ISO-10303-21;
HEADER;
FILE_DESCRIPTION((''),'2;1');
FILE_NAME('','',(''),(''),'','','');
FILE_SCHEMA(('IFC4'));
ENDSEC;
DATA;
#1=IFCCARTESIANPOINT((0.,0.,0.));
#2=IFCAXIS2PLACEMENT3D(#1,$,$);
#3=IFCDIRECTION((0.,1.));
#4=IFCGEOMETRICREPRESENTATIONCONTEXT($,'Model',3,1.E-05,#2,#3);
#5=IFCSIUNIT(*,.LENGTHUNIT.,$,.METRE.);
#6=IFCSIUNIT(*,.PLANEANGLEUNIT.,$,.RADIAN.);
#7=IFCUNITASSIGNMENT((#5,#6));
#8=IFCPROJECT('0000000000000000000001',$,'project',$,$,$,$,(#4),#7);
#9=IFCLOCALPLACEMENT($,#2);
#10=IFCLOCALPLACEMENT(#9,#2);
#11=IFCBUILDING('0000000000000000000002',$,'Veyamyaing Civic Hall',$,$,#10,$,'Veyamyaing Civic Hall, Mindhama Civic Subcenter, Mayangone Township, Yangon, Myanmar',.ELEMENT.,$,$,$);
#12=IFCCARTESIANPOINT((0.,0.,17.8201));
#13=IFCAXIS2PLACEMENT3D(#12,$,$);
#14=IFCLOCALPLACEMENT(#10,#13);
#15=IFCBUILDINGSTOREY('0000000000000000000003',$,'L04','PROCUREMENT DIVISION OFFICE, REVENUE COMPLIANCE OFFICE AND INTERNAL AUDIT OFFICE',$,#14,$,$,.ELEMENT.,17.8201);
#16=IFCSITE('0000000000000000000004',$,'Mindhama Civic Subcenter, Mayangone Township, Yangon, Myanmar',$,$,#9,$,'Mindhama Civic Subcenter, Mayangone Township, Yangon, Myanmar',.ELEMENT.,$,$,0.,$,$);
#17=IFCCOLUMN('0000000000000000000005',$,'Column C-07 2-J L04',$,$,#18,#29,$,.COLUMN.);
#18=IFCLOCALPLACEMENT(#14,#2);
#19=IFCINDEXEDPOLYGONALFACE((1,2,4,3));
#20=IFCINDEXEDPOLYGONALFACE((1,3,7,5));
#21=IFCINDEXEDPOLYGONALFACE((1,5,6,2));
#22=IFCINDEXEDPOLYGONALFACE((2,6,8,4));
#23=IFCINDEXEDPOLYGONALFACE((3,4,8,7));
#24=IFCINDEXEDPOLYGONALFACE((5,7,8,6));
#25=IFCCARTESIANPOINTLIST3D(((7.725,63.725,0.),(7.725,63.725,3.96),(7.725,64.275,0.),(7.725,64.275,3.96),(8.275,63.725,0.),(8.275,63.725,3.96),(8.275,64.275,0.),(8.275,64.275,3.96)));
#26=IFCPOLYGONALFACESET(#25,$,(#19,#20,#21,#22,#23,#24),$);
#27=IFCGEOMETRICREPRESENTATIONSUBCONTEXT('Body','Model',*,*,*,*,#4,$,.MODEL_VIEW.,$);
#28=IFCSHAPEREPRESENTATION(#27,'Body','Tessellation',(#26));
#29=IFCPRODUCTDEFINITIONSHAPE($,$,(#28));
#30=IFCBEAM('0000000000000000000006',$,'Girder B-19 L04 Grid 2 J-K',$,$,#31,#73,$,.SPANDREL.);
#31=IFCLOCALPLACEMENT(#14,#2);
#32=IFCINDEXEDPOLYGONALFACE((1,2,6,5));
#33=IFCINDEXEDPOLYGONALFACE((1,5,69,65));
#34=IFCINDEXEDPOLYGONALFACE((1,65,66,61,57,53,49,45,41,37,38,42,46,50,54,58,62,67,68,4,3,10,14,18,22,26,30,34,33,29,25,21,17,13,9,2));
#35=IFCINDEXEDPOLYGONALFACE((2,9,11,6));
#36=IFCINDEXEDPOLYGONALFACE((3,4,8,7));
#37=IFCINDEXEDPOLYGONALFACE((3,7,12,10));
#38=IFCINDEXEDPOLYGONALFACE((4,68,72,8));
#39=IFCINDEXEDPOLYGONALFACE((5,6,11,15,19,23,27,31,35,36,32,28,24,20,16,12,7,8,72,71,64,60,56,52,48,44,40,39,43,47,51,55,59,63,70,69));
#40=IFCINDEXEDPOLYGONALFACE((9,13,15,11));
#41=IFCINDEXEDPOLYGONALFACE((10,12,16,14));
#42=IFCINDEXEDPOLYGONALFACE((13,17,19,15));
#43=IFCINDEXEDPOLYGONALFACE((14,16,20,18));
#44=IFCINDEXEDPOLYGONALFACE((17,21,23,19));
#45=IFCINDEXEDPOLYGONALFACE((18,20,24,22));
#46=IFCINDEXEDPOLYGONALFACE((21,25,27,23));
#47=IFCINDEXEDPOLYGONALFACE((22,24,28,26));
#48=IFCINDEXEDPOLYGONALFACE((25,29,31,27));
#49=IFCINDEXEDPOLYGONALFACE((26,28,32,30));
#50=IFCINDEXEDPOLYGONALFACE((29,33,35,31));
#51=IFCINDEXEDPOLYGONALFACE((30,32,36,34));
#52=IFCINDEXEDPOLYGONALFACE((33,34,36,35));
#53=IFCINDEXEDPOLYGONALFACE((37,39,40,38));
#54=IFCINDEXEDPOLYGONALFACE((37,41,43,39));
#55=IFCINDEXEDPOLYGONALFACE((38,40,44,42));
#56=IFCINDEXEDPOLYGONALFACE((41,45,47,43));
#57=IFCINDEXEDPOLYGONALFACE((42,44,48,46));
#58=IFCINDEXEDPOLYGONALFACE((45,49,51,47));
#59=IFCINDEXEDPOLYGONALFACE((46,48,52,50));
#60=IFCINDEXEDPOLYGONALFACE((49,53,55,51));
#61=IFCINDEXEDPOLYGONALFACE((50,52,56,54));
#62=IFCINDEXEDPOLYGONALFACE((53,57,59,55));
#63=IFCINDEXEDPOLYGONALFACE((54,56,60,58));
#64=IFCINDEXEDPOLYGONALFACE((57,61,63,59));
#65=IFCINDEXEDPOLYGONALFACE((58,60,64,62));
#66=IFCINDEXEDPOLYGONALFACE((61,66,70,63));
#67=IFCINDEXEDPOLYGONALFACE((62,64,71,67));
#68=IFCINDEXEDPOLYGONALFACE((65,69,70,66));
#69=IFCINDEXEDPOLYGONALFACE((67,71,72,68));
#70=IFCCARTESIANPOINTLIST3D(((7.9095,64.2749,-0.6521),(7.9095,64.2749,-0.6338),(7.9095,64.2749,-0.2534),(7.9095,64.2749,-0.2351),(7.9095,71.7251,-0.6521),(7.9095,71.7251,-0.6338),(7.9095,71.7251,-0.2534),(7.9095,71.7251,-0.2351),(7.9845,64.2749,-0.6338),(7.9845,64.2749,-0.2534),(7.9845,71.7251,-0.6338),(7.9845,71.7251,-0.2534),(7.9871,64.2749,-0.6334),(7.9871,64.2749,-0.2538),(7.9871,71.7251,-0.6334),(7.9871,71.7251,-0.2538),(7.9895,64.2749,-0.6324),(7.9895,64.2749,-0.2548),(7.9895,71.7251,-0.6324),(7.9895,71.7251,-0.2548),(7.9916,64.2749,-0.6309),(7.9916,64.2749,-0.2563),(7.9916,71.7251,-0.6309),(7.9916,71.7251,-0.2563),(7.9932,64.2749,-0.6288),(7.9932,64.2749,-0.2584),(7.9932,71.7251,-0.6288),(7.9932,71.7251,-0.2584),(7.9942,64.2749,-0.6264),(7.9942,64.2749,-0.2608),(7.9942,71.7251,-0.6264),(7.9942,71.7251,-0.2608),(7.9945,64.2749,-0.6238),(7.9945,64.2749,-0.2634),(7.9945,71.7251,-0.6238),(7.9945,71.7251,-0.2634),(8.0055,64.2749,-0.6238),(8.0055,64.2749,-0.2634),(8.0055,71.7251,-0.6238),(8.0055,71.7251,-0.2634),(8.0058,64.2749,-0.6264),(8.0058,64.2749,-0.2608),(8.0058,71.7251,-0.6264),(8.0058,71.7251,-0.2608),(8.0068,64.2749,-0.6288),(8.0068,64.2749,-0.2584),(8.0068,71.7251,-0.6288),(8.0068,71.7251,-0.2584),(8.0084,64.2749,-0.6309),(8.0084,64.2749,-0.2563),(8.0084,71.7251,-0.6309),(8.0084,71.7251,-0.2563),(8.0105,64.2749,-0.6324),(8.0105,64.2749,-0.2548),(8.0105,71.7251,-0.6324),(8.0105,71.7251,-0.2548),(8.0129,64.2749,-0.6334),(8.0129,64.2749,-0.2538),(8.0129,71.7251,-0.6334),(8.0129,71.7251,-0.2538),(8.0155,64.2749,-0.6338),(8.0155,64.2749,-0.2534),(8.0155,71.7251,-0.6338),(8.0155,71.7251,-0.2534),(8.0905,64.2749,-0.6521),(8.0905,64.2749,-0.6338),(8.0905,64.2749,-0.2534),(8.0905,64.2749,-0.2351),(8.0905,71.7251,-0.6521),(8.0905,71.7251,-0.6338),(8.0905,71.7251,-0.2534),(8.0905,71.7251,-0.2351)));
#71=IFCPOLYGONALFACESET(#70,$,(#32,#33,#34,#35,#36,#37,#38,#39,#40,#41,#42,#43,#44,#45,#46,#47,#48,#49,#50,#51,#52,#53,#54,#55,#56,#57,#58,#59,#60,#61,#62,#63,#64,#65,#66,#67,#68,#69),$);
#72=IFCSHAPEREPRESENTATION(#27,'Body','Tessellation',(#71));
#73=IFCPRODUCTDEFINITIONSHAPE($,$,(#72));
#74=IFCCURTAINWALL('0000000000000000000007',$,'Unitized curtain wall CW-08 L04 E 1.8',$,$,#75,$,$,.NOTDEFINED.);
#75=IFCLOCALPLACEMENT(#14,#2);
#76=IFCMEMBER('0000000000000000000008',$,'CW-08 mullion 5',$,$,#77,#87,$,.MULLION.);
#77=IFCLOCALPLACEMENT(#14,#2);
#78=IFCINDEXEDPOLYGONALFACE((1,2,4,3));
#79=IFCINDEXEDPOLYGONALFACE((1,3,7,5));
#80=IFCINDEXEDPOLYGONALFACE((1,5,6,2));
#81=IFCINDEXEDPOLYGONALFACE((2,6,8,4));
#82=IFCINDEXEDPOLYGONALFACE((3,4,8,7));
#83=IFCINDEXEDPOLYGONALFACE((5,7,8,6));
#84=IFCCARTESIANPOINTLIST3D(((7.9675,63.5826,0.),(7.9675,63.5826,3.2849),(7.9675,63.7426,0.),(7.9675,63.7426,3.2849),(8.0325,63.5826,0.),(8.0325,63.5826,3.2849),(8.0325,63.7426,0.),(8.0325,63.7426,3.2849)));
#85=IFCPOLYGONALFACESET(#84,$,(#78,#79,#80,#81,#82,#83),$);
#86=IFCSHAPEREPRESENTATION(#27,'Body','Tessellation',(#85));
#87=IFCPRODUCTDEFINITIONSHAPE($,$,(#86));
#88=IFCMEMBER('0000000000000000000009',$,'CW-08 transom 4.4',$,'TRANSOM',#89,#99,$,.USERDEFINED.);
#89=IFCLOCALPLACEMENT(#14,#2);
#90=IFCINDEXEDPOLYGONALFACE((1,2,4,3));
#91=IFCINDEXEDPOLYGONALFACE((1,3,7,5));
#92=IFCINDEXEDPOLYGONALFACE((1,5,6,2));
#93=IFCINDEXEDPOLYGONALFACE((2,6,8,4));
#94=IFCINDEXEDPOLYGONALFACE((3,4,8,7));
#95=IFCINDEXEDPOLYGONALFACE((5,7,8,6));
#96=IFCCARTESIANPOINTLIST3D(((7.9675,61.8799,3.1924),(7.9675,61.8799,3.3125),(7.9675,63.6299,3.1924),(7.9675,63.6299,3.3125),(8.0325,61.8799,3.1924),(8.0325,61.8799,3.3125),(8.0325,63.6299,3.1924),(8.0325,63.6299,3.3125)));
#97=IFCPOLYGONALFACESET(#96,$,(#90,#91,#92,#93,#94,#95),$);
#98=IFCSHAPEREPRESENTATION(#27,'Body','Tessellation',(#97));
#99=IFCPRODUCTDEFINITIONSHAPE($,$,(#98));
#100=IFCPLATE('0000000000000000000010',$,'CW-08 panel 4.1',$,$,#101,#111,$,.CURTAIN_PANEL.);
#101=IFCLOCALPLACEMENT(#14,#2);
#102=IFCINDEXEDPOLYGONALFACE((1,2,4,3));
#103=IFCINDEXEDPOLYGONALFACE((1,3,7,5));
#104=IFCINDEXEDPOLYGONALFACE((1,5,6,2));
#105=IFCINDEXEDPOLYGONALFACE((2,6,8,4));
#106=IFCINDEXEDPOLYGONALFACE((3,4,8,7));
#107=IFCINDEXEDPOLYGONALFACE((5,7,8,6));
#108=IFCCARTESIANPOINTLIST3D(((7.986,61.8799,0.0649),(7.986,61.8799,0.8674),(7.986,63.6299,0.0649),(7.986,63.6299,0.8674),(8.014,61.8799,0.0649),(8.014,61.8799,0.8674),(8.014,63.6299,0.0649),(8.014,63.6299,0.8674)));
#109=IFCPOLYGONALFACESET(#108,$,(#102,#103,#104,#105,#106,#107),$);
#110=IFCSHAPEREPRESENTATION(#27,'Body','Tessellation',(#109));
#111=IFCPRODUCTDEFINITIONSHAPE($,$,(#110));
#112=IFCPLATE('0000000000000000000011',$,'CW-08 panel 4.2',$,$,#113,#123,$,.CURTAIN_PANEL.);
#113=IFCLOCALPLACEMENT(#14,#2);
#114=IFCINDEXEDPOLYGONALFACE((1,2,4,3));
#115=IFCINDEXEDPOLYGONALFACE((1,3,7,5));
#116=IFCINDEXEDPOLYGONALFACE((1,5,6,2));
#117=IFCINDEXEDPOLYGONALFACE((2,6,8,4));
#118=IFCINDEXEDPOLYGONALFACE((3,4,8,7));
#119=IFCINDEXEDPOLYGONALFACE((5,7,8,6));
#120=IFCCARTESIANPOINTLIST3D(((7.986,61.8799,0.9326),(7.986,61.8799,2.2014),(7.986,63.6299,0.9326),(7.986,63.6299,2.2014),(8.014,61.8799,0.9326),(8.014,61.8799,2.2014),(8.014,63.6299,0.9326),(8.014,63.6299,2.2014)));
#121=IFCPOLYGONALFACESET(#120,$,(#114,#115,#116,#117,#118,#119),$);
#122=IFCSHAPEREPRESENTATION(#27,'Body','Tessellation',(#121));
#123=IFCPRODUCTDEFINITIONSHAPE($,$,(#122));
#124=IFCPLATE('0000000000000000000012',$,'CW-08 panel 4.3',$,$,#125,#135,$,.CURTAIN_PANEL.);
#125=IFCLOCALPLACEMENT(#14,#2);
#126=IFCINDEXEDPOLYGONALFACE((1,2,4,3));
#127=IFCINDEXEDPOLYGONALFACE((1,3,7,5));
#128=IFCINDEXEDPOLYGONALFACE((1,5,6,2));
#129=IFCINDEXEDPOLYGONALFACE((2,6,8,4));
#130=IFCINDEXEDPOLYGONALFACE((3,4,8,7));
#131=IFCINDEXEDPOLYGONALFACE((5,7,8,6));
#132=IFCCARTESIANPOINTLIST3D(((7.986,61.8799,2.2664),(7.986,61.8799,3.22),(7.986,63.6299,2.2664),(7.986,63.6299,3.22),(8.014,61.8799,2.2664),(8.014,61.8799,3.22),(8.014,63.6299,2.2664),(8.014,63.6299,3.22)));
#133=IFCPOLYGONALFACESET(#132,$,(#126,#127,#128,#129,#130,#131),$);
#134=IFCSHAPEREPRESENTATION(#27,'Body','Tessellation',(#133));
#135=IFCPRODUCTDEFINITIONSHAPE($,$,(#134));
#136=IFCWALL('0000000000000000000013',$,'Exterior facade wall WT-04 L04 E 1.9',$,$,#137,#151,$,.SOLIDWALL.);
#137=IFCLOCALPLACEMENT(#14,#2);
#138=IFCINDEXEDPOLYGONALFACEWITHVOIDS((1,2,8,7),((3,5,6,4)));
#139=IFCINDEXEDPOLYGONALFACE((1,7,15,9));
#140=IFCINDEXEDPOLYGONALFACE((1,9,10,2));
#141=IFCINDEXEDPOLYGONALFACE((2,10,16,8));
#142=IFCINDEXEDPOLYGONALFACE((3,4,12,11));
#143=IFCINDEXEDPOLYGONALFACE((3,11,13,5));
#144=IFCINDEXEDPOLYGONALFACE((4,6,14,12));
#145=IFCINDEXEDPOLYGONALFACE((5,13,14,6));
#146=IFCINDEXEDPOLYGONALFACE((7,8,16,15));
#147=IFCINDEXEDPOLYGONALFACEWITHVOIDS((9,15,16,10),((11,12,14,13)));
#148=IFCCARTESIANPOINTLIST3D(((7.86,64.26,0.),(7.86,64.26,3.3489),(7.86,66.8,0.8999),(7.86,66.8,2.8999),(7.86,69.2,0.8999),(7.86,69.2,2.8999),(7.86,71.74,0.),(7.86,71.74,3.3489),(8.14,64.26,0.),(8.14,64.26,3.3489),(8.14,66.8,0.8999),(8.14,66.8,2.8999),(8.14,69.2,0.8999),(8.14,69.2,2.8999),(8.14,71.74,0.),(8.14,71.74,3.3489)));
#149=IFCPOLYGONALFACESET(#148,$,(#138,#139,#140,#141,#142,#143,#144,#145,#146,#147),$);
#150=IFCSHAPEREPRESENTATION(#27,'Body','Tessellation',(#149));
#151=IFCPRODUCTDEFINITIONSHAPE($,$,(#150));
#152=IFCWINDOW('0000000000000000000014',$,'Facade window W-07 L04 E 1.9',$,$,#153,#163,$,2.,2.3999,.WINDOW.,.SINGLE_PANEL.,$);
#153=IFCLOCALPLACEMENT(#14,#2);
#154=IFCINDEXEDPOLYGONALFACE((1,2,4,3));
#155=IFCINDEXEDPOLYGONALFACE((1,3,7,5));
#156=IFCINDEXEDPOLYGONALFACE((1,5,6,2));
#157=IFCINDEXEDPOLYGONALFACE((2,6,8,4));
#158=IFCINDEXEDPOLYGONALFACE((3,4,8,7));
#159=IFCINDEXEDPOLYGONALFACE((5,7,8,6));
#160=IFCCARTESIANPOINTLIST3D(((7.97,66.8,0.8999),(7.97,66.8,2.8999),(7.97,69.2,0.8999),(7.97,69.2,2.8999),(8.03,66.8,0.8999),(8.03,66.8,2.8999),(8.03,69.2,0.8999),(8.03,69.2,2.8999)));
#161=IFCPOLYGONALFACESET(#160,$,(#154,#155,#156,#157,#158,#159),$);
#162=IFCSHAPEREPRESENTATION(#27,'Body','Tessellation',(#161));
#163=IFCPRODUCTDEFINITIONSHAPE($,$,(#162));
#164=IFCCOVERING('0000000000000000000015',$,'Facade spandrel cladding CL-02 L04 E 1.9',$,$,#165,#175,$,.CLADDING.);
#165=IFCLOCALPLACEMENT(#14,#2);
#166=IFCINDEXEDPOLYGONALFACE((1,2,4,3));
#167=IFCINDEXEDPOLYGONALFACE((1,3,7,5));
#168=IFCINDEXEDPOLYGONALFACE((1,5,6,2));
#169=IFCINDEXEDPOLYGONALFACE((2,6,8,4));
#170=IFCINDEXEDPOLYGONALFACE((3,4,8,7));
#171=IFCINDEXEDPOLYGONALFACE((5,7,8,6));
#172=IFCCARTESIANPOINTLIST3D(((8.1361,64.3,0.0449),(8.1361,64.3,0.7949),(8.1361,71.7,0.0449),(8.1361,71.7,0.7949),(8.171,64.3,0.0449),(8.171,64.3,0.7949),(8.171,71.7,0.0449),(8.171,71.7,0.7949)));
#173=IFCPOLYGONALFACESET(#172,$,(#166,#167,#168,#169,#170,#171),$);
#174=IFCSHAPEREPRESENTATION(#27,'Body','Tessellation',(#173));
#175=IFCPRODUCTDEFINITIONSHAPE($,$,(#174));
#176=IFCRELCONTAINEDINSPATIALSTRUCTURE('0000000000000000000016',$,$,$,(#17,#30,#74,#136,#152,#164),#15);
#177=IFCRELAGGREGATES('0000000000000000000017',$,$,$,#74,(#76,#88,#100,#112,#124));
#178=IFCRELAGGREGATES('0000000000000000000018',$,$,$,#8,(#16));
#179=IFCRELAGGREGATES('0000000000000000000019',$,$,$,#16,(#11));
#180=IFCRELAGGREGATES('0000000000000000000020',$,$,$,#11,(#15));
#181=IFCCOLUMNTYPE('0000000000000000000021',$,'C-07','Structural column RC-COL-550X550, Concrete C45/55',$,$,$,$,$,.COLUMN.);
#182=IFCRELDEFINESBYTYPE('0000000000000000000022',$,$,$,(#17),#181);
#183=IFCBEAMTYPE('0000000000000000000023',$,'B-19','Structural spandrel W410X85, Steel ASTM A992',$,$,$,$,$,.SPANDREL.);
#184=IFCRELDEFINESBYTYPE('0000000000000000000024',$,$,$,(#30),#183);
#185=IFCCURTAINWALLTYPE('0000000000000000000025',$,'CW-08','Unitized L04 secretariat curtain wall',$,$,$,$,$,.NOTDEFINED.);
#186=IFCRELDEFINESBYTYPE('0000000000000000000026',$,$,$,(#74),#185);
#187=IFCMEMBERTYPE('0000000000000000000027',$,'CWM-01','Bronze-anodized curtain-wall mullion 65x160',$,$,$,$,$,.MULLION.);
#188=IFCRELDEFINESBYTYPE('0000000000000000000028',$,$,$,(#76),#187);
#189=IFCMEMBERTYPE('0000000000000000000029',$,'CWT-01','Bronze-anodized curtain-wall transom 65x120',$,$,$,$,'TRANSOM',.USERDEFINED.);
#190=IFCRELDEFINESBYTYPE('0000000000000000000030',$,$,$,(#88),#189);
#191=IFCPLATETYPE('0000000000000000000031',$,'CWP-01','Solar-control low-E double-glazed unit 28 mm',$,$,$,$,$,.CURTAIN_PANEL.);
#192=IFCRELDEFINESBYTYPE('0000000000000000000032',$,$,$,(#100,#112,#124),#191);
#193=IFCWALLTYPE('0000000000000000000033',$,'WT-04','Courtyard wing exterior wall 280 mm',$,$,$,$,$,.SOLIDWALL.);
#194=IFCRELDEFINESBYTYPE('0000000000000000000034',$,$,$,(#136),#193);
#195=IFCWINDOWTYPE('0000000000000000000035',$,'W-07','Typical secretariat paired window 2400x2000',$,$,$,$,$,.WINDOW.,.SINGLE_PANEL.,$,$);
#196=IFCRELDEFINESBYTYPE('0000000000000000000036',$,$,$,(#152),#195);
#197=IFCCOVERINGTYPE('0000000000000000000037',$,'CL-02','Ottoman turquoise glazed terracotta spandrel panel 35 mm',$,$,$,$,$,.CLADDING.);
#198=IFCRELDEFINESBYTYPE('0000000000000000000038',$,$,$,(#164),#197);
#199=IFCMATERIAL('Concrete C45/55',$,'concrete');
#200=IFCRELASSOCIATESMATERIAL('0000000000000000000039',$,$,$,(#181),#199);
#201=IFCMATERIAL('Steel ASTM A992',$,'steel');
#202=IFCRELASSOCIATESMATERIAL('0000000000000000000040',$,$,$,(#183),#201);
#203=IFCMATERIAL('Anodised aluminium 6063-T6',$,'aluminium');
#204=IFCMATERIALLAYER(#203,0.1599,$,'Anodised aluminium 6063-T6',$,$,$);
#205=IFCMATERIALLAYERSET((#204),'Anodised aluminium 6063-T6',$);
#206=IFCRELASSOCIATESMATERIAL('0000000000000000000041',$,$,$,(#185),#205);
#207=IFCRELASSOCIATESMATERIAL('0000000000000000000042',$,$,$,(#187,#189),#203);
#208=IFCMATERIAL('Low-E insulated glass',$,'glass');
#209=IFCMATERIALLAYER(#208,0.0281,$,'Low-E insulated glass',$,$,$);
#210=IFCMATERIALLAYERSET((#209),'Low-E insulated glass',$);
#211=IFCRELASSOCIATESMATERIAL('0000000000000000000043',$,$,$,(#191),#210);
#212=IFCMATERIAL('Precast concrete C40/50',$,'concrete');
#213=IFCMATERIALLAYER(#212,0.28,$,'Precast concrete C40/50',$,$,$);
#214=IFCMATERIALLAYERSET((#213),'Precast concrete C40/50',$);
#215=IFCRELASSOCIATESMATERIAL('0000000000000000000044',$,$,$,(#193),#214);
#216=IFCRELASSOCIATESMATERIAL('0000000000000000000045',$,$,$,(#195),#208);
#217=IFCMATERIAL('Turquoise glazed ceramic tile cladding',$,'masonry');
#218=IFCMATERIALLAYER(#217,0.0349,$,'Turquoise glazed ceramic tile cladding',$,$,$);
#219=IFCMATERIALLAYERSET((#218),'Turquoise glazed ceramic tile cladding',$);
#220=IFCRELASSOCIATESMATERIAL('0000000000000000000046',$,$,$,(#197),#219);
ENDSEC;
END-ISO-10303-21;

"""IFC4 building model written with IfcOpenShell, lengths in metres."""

from ifc_helpers import new_model, si_unit, direction, frame, frame_2d, origin, origin_2d, place, context, subcontext, project, spatial, rectangle, i_section, extrude, material, layer, layer_set, material_profile, profile_set, type_object, element, fill, aggregate, save


model = new_model("IFC4")

# Units and contexts
model_context = context("Model", 3, precision=1e-05, world=origin(), true_north=direction((0.0, 1.0)))
body_context = subcontext(model_context, "Body", "Model", "MODEL_VIEW")
ifc_project = project(units=[si_unit("LENGTHUNIT", "METRE"), si_unit("PLANEANGLEUNIT", "RADIAN")], contexts=[model_context])

# Site, building, storey
site_placement = place(None, origin())
site = spatial("IfcSite", under=ifc_project, at=site_placement, Name="Mindhama Civic Subcenter, Mayangone Township, Yangon, Myanmar", LongName="Mindhama Civic Subcenter, Mayangone Township, Yangon, Myanmar", CompositionType="ELEMENT", RefElevation=0.0)
building_placement = place(site_placement, origin())
building = spatial("IfcBuilding", under=site, at=building_placement, Name="Veyamyaing Civic Hall", LongName="Veyamyaing Civic Hall, Mindhama Civic Subcenter, Mayangone Township, Yangon, Myanmar", CompositionType="ELEMENT")
storey_placement = place(building_placement, frame((0.0, 0.0, 17.8201)))
storey = spatial("IfcBuildingStorey", under=building, at=storey_placement, Name="L04", Description="PROCUREMENT DIVISION OFFICE, REVENUE COMPLIANCE OFFICE AND INTERNAL AUDIT OFFICE", CompositionType="ELEMENT", Elevation=17.8201)

# Column
ifc_material_1 = material(Name="Concrete C45/55", Category="concrete")
ifc_material_profile_1 = material_profile(ifc_material_1, rectangle(XDim=0.55, YDim=0.55, at=origin_2d()), Name="RC-COL-550X550")
ifc_profile_set_1 = profile_set([ifc_material_profile_1], Name="Concrete C45/55")
column_type = type_object("IfcColumnType", Name="C-07", Description="Structural column RC-COL-550X550, Concrete C45/55", PredefinedType="COLUMN", material=ifc_profile_set_1)
column_placement = place(storey_placement, frame((8.0, 64.0, 0.0), z_axis=(0.0, 0.0, 1.0), x_axis=(1.0, 0.0, 0.0)))
element("IfcColumn", 1, at=column_placement, inside=storey, type_object=column_type, Name="Column C-07 2-J L04", PredefinedType="COLUMN", context=body_context, shape_type="SweptSolid", body=[
    extrude(rectangle(XDim=0.55, YDim=0.55, at=origin_2d()), origin(), (0.0, 0.0, 1.0), 3.96),
])

# Beam
ifc_material_2 = material(Name="Steel ASTM A992", Category="steel")
ifc_material_profile_2 = material_profile(ifc_material_2, i_section(OverallWidth=0.1809, OverallDepth=0.417, WebThickness=0.011, FlangeThickness=0.0183, FilletRadius=0.01, at=origin_2d()), Name="W410X85")
ifc_profile_set_2 = profile_set([ifc_material_profile_2], Name="Steel ASTM A992")
beam_type = type_object("IfcBeamType", Name="B-19", Description="Structural spandrel W410X85, Steel ASTM A992", PredefinedType="SPANDREL", material=ifc_profile_set_2)
beam_placement = place(storey_placement, frame((8.0, 64.2749, -0.4436), z_axis=(0.0, 1.0, 0.0), x_axis=(-1.0, 0.0, 0.0)))
element("IfcBeam", 2, at=beam_placement, inside=storey, type_object=beam_type, Name="Girder B-19 L04 Grid 2 J-K", PredefinedType="SPANDREL", context=body_context, shape_type="SweptSolid", body=[
    extrude(i_section(OverallWidth=0.1809, OverallDepth=0.417, WebThickness=0.011, FlangeThickness=0.0183, FilletRadius=0.01, at=origin_2d()), origin(), (0.0, 0.0, 1.0), 7.4502),
])

# Curtain wall, members, plates
ifc_material_3 = material(Name="Anodised aluminium 6063-T6", Category="aluminium")
ifc_layer_1 = layer(ifc_material_3, 0.1599, Name="Anodised aluminium 6063-T6")
ifc_layer_set_1 = layer_set([ifc_layer_1], Name="Anodised aluminium 6063-T6")
curtain_wall_type = type_object("IfcCurtainWallType", Name="CW-08", Description="Unitized L04 secretariat curtain wall", PredefinedType="NOTDEFINED", material=ifc_layer_set_1)
curtain_wall_placement = place(storey_placement, origin())
curtain_wall = element("IfcCurtainWall", 3, at=curtain_wall_placement, inside=storey, type_object=curtain_wall_type, Name="Unitized curtain wall CW-08 L04 E 1.8", PredefinedType="NOTDEFINED")
ifc_material_profile_3 = material_profile(ifc_material_3, rectangle(XDim=0.0649, YDim=0.1599, at=origin_2d()), Name="ALU-MUL-65X160")
ifc_profile_set_3 = profile_set([ifc_material_profile_3], Name="Anodised aluminium 6063-T6")
member_type_1 = type_object("IfcMemberType", Name="CWM-01", Description="Bronze-anodized curtain-wall mullion 65x160", PredefinedType="MULLION", material=ifc_profile_set_3)
member_1_placement = place(storey_placement, frame((8.0, 63.6626, 0.0), z_axis=(0.0, 0.0, 1.0), x_axis=(-1.0, 0.0, 0.0)))
member_1 = element("IfcMember", 4, at=member_1_placement, type_object=member_type_1, Name="CW-08 mullion 5", PredefinedType="MULLION", context=body_context, shape_type="SweptSolid", body=[
    extrude(rectangle(XDim=0.0649, YDim=0.1599, at=origin_2d()), origin(), (0.0, 0.0, 1.0), 3.2849),
])
ifc_material_profile_4 = material_profile(ifc_material_3, rectangle(XDim=0.0649, YDim=0.1201, at=origin_2d()), Name="ALU-TRN-65X120")
ifc_profile_set_4 = profile_set([ifc_material_profile_4], Name="Anodised aluminium 6063-T6")
member_type_2 = type_object("IfcMemberType", Name="CWT-01", Description="Bronze-anodized curtain-wall transom 65x120", ElementType="TRANSOM", PredefinedType="USERDEFINED", material=ifc_profile_set_4)
member_2_placement = place(storey_placement, frame((8.0, 61.8799, 3.2524), z_axis=(0.0, 1.0, 0.0), x_axis=(-1.0, 0.0, 0.0)))
member_2 = element("IfcMember", 5, at=member_2_placement, type_object=member_type_2, Name="CW-08 transom 4.4", ObjectType="TRANSOM", PredefinedType="USERDEFINED", context=body_context, shape_type="SweptSolid", body=[
    extrude(rectangle(XDim=0.0649, YDim=0.1201, at=origin_2d()), origin(), (0.0, 0.0, 1.0), 1.75),
])
ifc_material_4 = material(Name="Low-E insulated glass", Category="glass")
ifc_layer_2 = layer(ifc_material_4, 0.0281, Name="Low-E insulated glass")
ifc_layer_set_2 = layer_set([ifc_layer_2], Name="Low-E insulated glass")
plate_type = type_object("IfcPlateType", Name="CWP-01", Description="Solar-control low-E double-glazed unit 28 mm", PredefinedType="CURTAIN_PANEL", material=ifc_layer_set_2)
plate_1_placement = place(storey_placement, frame((8.0, 62.7549, 0.0649), z_axis=(0.0, 0.0, 1.0), x_axis=(0.0, 1.0, 0.0)))
plate_1 = element("IfcPlate", 6, at=plate_1_placement, type_object=plate_type, Name="CW-08 panel 4.1", PredefinedType="CURTAIN_PANEL", context=body_context, shape_type="SweptSolid", body=[
    extrude(rectangle(XDim=1.75, YDim=0.0281, at=origin_2d()), origin(), (0.0, 0.0, 1.0), 0.8025),
])
plate_2_placement = place(storey_placement, frame((8.0, 62.7549, 0.9326), z_axis=(0.0, 0.0, 1.0), x_axis=(0.0, 1.0, 0.0)))
plate_2 = element("IfcPlate", 7, at=plate_2_placement, type_object=plate_type, Name="CW-08 panel 4.2", PredefinedType="CURTAIN_PANEL", context=body_context, shape_type="SweptSolid", body=[
    extrude(rectangle(XDim=1.75, YDim=0.0281, at=origin_2d()), origin(), (0.0, 0.0, 1.0), 1.2688),
])
plate_3_placement = place(storey_placement, frame((8.0, 62.7549, 2.2664), z_axis=(0.0, 0.0, 1.0), x_axis=(0.0, 1.0, 0.0)))
plate_3 = element("IfcPlate", 8, at=plate_3_placement, type_object=plate_type, Name="CW-08 panel 4.3", PredefinedType="CURTAIN_PANEL", context=body_context, shape_type="SweptSolid", body=[
    extrude(rectangle(XDim=1.75, YDim=0.0281, at=origin_2d()), origin(), (0.0, 0.0, 1.0), 0.9536),
])
aggregate(curtain_wall, [member_1, member_2, plate_1, plate_2, plate_3])

# Wall, opening, window
ifc_material_5 = material(Name="Precast concrete C40/50", Category="concrete")
ifc_layer_3 = layer(ifc_material_5, 0.28, Name="Precast concrete C40/50")
ifc_layer_set_3 = layer_set([ifc_layer_3], Name="Precast concrete C40/50")
wall_type = type_object("IfcWallType", Name="WT-04", Description="Courtyard wing exterior wall 280 mm", PredefinedType="SOLIDWALL", material=ifc_layer_set_3)
wall_placement = place(storey_placement, frame((8.0, 64.26, 0.0), z_axis=(0.0, 0.0, 1.0), x_axis=(0.0, 1.0, 0.0)))
wall = element("IfcWall", 9, at=wall_placement, inside=storey, type_object=wall_type, Name="Exterior facade wall WT-04 L04 E 1.9", PredefinedType="SOLIDWALL", context=body_context, shape_type="SweptSolid", body=[
    extrude(rectangle(XDim=7.48, YDim=0.28, at=frame_2d((3.74, 0.0))), origin(), (0.0, 0.0, 1.0), 3.3489),
])
opening_placement = place(wall_placement, frame((2.54, 0.0, 0.8999)))
opening = element("IfcOpeningElement", 10, at=opening_placement, cuts=wall, PredefinedType="OPENING", context=body_context, shape_type="SweptSolid", body=[
    extrude(rectangle(XDim=2.3999, YDim=2.0, at=frame_2d((1.2, 1.0))), frame((0.0, 0.1499, 0.0), z_axis=(0.0, -1.0, 0.0), x_axis=(1.0, 0.0, 0.0)), (0.0, 0.0, 1.0), 0.3),
])
window_type = type_object("IfcWindowType", Name="W-07", Description="Typical secretariat paired window 2400x2000", PartitioningType="SINGLE_PANEL", PredefinedType="WINDOW", material=ifc_material_4)
window_placement = place(opening_placement, origin())
window = element("IfcWindow", 11, at=window_placement, inside=storey, type_object=window_type, Name="Facade window W-07 L04 E 1.9", OverallHeight=2.0, OverallWidth=2.3999, PartitioningType="SINGLE_PANEL", PredefinedType="WINDOW", context=body_context, shape_type="SweptSolid", body=[
    extrude(rectangle(XDim=2.3999, YDim=2.0, at=frame_2d((1.2, 1.0))), frame((0.0, 0.03, 0.0), z_axis=(0.0, -1.0, 0.0), x_axis=(1.0, 0.0, 0.0)), (0.0, 0.0, 1.0), 0.0601),
])
fill(opening, window)

# Covering
ifc_material_6 = material(Name="Turquoise glazed ceramic tile cladding", Category="masonry")
ifc_layer_4 = layer(ifc_material_6, 0.0349, Name="Turquoise glazed ceramic tile cladding")
ifc_layer_set_4 = layer_set([ifc_layer_4], Name="Turquoise glazed ceramic tile cladding")
covering_type_1 = type_object("IfcCoveringType", Name="CL-02", Description="Ottoman turquoise glazed terracotta spandrel panel 35 mm", PredefinedType="CLADDING", material=ifc_layer_set_4)
covering_placement = place(storey_placement, frame((8.1536, 68.0, 0.0449), z_axis=(0.0, 0.0, 1.0), x_axis=(0.0, 1.0, 0.0)))
element("IfcCovering", 12, at=covering_placement, inside=storey, type_object=covering_type_1, Name="Facade spandrel cladding CL-02 L04 E 1.9", PredefinedType="CLADDING", context=body_context, shape_type="SweptSolid", body=[
    extrude(rectangle(XDim=7.3999, YDim=0.0349, at=origin_2d()), origin(), (0.0, 0.0, 1.0), 0.75),
])

save(model, "model.ifc")
